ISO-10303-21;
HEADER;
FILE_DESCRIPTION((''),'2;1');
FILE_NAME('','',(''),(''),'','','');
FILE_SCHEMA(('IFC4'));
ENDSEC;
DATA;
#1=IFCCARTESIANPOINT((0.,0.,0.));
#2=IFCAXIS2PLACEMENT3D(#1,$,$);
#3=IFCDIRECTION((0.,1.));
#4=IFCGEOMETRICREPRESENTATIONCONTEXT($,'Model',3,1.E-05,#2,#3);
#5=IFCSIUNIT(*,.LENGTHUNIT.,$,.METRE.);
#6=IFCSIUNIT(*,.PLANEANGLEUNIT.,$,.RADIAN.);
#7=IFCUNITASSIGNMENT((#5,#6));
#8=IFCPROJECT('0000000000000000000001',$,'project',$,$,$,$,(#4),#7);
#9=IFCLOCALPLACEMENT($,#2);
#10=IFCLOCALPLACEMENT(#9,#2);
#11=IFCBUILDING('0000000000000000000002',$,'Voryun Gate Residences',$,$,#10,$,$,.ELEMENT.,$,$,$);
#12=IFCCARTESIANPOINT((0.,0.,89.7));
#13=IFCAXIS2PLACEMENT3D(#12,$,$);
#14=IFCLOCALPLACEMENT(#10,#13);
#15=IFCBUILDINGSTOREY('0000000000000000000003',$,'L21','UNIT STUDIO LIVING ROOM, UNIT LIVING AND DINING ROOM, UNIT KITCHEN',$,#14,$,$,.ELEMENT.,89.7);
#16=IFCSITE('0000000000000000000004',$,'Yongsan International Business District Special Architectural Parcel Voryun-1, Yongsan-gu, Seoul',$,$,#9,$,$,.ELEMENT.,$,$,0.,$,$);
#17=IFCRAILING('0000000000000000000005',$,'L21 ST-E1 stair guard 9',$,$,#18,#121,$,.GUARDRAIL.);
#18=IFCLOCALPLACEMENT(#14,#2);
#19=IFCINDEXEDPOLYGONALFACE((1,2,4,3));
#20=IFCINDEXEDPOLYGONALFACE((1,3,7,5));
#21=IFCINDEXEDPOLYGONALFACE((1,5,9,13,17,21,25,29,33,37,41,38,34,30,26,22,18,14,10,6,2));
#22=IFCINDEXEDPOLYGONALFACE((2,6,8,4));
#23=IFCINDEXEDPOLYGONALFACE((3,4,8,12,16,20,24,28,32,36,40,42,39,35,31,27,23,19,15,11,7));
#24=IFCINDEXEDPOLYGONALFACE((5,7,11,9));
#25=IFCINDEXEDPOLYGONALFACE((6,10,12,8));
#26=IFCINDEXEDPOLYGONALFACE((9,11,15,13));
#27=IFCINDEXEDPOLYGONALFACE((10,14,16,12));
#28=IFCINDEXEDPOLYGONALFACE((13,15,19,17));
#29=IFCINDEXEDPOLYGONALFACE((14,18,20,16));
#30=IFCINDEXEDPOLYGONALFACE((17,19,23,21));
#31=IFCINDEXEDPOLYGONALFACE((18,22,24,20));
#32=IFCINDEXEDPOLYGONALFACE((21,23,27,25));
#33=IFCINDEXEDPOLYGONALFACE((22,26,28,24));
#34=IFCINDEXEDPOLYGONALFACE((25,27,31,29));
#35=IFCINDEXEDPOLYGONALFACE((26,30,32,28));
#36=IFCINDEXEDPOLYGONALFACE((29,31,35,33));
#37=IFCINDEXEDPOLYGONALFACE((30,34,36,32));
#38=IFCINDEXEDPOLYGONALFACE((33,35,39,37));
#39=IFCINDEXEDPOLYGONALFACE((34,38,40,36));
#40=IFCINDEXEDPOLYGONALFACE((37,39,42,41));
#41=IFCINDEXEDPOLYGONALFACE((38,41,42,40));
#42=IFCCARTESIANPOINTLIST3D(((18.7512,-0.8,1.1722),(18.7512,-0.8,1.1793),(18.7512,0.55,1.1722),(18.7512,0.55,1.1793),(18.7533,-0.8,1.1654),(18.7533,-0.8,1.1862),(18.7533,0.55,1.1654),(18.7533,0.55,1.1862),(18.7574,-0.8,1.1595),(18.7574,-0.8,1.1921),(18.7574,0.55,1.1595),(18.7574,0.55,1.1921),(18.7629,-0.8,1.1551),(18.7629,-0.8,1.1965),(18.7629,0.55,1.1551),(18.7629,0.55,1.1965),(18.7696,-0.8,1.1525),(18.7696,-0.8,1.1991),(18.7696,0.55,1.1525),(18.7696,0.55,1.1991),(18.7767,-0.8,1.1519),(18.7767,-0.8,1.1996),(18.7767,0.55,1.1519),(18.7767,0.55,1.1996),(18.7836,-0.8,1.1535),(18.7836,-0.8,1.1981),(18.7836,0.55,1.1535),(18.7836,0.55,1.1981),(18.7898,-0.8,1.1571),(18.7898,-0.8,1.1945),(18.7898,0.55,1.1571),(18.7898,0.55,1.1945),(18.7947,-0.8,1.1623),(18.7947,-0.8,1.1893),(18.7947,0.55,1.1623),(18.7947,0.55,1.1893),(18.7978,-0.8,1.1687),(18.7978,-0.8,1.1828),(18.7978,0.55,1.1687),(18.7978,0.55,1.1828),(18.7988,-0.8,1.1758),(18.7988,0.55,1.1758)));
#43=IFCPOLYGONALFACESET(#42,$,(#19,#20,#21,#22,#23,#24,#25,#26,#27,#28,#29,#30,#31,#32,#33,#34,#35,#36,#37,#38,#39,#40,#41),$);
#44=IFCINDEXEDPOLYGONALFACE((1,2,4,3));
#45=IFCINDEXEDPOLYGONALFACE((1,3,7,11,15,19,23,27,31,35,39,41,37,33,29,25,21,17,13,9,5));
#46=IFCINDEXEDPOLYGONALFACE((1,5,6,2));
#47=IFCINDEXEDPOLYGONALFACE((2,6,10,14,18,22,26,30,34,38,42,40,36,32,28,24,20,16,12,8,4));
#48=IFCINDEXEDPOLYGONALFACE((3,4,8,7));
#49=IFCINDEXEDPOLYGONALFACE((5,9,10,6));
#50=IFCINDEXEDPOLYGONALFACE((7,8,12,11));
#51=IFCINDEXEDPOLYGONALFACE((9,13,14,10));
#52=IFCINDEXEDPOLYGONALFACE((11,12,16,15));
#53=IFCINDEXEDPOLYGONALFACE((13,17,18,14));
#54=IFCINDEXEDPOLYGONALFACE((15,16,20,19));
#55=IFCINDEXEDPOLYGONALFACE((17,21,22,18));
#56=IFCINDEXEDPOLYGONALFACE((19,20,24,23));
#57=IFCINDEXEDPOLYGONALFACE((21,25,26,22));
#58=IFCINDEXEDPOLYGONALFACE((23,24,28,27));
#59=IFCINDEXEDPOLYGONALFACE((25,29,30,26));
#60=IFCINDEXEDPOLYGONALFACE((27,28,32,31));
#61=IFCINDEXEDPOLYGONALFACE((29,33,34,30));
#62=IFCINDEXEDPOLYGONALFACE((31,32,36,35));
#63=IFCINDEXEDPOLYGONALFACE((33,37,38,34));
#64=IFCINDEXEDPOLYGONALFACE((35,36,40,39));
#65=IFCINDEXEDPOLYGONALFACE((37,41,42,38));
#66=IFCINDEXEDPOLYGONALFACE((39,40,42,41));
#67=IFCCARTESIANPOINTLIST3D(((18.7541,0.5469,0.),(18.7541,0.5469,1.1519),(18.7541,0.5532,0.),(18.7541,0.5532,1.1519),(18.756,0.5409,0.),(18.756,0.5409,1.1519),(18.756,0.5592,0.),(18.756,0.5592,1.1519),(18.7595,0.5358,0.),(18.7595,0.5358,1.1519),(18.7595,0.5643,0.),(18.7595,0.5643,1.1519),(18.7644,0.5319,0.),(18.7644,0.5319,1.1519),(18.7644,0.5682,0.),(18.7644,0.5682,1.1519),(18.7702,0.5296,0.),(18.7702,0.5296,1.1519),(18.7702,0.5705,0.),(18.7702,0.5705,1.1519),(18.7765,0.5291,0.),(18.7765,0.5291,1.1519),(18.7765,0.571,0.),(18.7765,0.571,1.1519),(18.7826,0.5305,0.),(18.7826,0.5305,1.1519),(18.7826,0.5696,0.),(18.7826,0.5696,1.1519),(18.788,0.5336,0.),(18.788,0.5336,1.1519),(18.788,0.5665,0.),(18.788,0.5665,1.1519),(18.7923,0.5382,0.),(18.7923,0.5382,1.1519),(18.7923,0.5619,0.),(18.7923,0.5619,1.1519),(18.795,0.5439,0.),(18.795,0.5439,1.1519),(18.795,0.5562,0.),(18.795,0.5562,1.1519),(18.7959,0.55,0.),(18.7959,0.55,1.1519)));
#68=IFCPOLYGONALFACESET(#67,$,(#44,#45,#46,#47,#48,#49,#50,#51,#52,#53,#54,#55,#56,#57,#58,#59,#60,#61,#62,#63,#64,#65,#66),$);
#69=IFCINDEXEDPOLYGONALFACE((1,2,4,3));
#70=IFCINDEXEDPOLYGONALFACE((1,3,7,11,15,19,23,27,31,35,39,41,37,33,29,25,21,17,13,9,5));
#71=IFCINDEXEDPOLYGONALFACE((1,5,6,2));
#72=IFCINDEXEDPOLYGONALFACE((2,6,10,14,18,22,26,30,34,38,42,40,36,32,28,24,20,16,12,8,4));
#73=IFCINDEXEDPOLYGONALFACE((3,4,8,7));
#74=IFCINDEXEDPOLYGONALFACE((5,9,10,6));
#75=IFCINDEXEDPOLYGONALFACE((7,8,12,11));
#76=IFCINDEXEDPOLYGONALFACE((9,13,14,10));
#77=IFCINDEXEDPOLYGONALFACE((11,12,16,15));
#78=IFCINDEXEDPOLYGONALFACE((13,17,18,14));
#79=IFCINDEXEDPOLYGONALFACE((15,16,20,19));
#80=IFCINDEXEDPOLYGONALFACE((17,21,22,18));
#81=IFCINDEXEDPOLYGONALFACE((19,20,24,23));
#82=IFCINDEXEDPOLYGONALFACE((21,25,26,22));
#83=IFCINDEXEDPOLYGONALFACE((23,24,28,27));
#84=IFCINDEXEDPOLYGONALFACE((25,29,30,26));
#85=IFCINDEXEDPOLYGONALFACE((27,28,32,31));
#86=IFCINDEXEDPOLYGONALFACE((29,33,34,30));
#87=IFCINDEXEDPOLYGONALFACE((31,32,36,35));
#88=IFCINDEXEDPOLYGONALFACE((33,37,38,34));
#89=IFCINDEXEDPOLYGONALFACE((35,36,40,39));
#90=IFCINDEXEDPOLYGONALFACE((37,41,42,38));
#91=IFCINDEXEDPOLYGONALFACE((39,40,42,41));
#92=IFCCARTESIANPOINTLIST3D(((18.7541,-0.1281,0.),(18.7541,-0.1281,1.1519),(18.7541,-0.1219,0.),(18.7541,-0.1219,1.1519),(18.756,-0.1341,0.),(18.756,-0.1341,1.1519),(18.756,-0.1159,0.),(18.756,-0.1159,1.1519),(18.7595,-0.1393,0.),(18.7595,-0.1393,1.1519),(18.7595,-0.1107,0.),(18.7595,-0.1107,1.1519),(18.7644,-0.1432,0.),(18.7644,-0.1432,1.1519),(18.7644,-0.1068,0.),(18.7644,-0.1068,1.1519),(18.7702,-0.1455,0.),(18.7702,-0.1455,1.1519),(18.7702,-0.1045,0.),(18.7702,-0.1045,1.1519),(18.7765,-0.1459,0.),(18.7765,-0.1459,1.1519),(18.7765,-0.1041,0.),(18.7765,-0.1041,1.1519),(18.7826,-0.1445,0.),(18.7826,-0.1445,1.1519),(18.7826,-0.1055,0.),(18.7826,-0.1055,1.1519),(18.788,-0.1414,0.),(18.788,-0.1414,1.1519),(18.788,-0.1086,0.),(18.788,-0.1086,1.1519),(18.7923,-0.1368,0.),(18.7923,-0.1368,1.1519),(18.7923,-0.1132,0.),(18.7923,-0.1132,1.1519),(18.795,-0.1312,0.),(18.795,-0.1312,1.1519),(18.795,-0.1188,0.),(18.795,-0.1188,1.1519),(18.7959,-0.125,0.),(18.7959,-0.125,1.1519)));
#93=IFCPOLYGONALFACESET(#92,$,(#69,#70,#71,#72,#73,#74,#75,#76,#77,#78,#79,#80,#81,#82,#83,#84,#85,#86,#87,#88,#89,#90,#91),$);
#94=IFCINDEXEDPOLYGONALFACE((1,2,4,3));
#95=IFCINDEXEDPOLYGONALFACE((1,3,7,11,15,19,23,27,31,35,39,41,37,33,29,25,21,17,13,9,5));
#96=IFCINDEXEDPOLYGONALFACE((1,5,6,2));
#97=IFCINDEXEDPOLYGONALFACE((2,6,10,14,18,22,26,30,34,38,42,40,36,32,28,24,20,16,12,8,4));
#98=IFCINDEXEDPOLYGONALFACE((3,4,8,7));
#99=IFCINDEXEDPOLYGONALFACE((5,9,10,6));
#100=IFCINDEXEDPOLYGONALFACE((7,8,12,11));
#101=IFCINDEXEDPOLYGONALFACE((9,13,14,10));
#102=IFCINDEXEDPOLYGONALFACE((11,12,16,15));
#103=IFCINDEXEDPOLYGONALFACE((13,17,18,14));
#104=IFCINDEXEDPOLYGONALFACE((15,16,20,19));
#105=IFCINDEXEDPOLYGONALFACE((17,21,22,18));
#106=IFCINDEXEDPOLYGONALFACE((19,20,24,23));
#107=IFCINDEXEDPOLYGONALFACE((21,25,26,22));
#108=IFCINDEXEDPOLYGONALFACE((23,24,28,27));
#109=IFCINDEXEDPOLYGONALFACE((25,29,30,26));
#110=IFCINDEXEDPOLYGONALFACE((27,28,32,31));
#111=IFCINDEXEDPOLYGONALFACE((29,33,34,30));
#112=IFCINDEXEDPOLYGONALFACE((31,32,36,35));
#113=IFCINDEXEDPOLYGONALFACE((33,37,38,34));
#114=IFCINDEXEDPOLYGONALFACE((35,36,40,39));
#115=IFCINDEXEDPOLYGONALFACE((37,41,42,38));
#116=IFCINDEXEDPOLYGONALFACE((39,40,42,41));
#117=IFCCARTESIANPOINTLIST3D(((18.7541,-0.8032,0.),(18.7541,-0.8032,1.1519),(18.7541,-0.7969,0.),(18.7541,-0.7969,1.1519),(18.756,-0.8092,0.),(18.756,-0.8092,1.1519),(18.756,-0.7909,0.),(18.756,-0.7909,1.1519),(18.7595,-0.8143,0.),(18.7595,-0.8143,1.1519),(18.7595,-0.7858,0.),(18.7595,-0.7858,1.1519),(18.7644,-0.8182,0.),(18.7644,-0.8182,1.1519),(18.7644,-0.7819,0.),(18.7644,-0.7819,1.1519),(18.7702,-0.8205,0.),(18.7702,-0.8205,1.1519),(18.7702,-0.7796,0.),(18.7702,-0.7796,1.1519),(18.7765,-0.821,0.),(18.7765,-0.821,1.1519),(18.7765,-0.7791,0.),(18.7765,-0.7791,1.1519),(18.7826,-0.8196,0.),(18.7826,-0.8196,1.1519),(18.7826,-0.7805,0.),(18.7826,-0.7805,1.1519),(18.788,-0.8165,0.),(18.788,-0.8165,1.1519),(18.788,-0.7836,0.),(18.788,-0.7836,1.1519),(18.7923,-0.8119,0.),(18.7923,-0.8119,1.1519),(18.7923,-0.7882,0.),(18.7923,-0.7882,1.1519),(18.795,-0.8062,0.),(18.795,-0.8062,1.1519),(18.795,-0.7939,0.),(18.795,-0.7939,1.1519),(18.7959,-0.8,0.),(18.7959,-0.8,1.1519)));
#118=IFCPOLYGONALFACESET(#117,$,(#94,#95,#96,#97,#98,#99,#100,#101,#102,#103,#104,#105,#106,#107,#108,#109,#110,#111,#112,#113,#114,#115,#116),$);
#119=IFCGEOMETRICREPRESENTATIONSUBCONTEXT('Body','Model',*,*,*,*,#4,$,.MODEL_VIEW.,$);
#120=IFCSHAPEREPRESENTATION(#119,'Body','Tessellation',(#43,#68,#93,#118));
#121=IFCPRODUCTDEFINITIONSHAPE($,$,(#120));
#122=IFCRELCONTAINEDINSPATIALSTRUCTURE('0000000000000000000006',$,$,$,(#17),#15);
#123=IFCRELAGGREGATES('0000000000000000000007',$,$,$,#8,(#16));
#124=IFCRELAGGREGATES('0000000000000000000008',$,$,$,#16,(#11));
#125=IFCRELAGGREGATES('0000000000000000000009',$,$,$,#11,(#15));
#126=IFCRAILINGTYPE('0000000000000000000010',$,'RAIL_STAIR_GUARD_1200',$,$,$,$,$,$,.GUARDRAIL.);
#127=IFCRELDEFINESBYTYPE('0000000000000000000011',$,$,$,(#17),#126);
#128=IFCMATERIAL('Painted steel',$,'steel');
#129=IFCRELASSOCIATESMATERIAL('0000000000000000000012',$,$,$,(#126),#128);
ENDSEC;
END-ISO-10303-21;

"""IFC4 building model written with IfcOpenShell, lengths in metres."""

from ifc_helpers import new_model, si_unit, direction, frame, origin, origin_2d, place, context, subcontext, project, spatial, circle, extrude, material, type_object, element, save


model = new_model("IFC4")

# Units and contexts
model_context = context("Model", 3, precision=1e-05, world=origin(), true_north=direction((0.0, 1.0)))
body_context = subcontext(model_context, "Body", "Model", "MODEL_VIEW")
ifc_project = project(units=[si_unit("LENGTHUNIT", "METRE"), si_unit("PLANEANGLEUNIT", "RADIAN")], contexts=[model_context])

# Site, building, storey
site_placement = place(None, origin())
site = spatial("IfcSite", under=ifc_project, at=site_placement, Name="Yongsan International Business District Special Architectural Parcel Voryun-1, Yongsan-gu, Seoul", CompositionType="ELEMENT", RefElevation=0.0)
building_placement = place(site_placement, origin())
building = spatial("IfcBuilding", under=site, at=building_placement, Name="Voryun Gate Residences", CompositionType="ELEMENT")
storey_placement = place(building_placement, frame((0.0, 0.0, 89.7)))
storey = spatial("IfcBuildingStorey", under=building, at=storey_placement, Name="L21", Description="UNIT STUDIO LIVING ROOM, UNIT LIVING AND DINING ROOM, UNIT KITCHEN", CompositionType="ELEMENT", Elevation=89.7)

# Railing
ifc_material_1 = material(Name="Painted steel", Category="steel")
railing_type = type_object("IfcRailingType", Name="RAIL_STAIR_GUARD_1200", PredefinedType="GUARDRAIL", material=ifc_material_1)
for number, where, name in (
    (1, (18.7749, 0.55, 0.0), "L21 ST-E1 stair guard 9"),
):
    element("IfcRailing", number, at=place(storey_placement, frame(where)), inside=storey, type_object=railing_type, Name=name, PredefinedType="GUARDRAIL", context=body_context, shape_type="SweptSolid", body=[
        extrude(circle(Radius=0.0239, at=origin_2d()), frame((0.0, 0.0, 1.1758), z_axis=(0.0, -1.0, 0.0), x_axis=(1.0, 0.0, 0.0)), (0.0, 0.0, 1.0), 1.3501),
        extrude(circle(Radius=0.021, at=origin_2d()), origin(), (0.0, 0.0, 1.0), 1.1519),
        extrude(circle(Radius=0.021, at=origin_2d()), frame((0.0, -0.675, 0.0)), (0.0, 0.0, 1.0), 1.1519),
        extrude(circle(Radius=0.021, at=origin_2d()), frame((0.0, -1.3501, 0.0)), (0.0, 0.0, 1.0), 1.1519),
    ])

save(model, "model.ifc")
